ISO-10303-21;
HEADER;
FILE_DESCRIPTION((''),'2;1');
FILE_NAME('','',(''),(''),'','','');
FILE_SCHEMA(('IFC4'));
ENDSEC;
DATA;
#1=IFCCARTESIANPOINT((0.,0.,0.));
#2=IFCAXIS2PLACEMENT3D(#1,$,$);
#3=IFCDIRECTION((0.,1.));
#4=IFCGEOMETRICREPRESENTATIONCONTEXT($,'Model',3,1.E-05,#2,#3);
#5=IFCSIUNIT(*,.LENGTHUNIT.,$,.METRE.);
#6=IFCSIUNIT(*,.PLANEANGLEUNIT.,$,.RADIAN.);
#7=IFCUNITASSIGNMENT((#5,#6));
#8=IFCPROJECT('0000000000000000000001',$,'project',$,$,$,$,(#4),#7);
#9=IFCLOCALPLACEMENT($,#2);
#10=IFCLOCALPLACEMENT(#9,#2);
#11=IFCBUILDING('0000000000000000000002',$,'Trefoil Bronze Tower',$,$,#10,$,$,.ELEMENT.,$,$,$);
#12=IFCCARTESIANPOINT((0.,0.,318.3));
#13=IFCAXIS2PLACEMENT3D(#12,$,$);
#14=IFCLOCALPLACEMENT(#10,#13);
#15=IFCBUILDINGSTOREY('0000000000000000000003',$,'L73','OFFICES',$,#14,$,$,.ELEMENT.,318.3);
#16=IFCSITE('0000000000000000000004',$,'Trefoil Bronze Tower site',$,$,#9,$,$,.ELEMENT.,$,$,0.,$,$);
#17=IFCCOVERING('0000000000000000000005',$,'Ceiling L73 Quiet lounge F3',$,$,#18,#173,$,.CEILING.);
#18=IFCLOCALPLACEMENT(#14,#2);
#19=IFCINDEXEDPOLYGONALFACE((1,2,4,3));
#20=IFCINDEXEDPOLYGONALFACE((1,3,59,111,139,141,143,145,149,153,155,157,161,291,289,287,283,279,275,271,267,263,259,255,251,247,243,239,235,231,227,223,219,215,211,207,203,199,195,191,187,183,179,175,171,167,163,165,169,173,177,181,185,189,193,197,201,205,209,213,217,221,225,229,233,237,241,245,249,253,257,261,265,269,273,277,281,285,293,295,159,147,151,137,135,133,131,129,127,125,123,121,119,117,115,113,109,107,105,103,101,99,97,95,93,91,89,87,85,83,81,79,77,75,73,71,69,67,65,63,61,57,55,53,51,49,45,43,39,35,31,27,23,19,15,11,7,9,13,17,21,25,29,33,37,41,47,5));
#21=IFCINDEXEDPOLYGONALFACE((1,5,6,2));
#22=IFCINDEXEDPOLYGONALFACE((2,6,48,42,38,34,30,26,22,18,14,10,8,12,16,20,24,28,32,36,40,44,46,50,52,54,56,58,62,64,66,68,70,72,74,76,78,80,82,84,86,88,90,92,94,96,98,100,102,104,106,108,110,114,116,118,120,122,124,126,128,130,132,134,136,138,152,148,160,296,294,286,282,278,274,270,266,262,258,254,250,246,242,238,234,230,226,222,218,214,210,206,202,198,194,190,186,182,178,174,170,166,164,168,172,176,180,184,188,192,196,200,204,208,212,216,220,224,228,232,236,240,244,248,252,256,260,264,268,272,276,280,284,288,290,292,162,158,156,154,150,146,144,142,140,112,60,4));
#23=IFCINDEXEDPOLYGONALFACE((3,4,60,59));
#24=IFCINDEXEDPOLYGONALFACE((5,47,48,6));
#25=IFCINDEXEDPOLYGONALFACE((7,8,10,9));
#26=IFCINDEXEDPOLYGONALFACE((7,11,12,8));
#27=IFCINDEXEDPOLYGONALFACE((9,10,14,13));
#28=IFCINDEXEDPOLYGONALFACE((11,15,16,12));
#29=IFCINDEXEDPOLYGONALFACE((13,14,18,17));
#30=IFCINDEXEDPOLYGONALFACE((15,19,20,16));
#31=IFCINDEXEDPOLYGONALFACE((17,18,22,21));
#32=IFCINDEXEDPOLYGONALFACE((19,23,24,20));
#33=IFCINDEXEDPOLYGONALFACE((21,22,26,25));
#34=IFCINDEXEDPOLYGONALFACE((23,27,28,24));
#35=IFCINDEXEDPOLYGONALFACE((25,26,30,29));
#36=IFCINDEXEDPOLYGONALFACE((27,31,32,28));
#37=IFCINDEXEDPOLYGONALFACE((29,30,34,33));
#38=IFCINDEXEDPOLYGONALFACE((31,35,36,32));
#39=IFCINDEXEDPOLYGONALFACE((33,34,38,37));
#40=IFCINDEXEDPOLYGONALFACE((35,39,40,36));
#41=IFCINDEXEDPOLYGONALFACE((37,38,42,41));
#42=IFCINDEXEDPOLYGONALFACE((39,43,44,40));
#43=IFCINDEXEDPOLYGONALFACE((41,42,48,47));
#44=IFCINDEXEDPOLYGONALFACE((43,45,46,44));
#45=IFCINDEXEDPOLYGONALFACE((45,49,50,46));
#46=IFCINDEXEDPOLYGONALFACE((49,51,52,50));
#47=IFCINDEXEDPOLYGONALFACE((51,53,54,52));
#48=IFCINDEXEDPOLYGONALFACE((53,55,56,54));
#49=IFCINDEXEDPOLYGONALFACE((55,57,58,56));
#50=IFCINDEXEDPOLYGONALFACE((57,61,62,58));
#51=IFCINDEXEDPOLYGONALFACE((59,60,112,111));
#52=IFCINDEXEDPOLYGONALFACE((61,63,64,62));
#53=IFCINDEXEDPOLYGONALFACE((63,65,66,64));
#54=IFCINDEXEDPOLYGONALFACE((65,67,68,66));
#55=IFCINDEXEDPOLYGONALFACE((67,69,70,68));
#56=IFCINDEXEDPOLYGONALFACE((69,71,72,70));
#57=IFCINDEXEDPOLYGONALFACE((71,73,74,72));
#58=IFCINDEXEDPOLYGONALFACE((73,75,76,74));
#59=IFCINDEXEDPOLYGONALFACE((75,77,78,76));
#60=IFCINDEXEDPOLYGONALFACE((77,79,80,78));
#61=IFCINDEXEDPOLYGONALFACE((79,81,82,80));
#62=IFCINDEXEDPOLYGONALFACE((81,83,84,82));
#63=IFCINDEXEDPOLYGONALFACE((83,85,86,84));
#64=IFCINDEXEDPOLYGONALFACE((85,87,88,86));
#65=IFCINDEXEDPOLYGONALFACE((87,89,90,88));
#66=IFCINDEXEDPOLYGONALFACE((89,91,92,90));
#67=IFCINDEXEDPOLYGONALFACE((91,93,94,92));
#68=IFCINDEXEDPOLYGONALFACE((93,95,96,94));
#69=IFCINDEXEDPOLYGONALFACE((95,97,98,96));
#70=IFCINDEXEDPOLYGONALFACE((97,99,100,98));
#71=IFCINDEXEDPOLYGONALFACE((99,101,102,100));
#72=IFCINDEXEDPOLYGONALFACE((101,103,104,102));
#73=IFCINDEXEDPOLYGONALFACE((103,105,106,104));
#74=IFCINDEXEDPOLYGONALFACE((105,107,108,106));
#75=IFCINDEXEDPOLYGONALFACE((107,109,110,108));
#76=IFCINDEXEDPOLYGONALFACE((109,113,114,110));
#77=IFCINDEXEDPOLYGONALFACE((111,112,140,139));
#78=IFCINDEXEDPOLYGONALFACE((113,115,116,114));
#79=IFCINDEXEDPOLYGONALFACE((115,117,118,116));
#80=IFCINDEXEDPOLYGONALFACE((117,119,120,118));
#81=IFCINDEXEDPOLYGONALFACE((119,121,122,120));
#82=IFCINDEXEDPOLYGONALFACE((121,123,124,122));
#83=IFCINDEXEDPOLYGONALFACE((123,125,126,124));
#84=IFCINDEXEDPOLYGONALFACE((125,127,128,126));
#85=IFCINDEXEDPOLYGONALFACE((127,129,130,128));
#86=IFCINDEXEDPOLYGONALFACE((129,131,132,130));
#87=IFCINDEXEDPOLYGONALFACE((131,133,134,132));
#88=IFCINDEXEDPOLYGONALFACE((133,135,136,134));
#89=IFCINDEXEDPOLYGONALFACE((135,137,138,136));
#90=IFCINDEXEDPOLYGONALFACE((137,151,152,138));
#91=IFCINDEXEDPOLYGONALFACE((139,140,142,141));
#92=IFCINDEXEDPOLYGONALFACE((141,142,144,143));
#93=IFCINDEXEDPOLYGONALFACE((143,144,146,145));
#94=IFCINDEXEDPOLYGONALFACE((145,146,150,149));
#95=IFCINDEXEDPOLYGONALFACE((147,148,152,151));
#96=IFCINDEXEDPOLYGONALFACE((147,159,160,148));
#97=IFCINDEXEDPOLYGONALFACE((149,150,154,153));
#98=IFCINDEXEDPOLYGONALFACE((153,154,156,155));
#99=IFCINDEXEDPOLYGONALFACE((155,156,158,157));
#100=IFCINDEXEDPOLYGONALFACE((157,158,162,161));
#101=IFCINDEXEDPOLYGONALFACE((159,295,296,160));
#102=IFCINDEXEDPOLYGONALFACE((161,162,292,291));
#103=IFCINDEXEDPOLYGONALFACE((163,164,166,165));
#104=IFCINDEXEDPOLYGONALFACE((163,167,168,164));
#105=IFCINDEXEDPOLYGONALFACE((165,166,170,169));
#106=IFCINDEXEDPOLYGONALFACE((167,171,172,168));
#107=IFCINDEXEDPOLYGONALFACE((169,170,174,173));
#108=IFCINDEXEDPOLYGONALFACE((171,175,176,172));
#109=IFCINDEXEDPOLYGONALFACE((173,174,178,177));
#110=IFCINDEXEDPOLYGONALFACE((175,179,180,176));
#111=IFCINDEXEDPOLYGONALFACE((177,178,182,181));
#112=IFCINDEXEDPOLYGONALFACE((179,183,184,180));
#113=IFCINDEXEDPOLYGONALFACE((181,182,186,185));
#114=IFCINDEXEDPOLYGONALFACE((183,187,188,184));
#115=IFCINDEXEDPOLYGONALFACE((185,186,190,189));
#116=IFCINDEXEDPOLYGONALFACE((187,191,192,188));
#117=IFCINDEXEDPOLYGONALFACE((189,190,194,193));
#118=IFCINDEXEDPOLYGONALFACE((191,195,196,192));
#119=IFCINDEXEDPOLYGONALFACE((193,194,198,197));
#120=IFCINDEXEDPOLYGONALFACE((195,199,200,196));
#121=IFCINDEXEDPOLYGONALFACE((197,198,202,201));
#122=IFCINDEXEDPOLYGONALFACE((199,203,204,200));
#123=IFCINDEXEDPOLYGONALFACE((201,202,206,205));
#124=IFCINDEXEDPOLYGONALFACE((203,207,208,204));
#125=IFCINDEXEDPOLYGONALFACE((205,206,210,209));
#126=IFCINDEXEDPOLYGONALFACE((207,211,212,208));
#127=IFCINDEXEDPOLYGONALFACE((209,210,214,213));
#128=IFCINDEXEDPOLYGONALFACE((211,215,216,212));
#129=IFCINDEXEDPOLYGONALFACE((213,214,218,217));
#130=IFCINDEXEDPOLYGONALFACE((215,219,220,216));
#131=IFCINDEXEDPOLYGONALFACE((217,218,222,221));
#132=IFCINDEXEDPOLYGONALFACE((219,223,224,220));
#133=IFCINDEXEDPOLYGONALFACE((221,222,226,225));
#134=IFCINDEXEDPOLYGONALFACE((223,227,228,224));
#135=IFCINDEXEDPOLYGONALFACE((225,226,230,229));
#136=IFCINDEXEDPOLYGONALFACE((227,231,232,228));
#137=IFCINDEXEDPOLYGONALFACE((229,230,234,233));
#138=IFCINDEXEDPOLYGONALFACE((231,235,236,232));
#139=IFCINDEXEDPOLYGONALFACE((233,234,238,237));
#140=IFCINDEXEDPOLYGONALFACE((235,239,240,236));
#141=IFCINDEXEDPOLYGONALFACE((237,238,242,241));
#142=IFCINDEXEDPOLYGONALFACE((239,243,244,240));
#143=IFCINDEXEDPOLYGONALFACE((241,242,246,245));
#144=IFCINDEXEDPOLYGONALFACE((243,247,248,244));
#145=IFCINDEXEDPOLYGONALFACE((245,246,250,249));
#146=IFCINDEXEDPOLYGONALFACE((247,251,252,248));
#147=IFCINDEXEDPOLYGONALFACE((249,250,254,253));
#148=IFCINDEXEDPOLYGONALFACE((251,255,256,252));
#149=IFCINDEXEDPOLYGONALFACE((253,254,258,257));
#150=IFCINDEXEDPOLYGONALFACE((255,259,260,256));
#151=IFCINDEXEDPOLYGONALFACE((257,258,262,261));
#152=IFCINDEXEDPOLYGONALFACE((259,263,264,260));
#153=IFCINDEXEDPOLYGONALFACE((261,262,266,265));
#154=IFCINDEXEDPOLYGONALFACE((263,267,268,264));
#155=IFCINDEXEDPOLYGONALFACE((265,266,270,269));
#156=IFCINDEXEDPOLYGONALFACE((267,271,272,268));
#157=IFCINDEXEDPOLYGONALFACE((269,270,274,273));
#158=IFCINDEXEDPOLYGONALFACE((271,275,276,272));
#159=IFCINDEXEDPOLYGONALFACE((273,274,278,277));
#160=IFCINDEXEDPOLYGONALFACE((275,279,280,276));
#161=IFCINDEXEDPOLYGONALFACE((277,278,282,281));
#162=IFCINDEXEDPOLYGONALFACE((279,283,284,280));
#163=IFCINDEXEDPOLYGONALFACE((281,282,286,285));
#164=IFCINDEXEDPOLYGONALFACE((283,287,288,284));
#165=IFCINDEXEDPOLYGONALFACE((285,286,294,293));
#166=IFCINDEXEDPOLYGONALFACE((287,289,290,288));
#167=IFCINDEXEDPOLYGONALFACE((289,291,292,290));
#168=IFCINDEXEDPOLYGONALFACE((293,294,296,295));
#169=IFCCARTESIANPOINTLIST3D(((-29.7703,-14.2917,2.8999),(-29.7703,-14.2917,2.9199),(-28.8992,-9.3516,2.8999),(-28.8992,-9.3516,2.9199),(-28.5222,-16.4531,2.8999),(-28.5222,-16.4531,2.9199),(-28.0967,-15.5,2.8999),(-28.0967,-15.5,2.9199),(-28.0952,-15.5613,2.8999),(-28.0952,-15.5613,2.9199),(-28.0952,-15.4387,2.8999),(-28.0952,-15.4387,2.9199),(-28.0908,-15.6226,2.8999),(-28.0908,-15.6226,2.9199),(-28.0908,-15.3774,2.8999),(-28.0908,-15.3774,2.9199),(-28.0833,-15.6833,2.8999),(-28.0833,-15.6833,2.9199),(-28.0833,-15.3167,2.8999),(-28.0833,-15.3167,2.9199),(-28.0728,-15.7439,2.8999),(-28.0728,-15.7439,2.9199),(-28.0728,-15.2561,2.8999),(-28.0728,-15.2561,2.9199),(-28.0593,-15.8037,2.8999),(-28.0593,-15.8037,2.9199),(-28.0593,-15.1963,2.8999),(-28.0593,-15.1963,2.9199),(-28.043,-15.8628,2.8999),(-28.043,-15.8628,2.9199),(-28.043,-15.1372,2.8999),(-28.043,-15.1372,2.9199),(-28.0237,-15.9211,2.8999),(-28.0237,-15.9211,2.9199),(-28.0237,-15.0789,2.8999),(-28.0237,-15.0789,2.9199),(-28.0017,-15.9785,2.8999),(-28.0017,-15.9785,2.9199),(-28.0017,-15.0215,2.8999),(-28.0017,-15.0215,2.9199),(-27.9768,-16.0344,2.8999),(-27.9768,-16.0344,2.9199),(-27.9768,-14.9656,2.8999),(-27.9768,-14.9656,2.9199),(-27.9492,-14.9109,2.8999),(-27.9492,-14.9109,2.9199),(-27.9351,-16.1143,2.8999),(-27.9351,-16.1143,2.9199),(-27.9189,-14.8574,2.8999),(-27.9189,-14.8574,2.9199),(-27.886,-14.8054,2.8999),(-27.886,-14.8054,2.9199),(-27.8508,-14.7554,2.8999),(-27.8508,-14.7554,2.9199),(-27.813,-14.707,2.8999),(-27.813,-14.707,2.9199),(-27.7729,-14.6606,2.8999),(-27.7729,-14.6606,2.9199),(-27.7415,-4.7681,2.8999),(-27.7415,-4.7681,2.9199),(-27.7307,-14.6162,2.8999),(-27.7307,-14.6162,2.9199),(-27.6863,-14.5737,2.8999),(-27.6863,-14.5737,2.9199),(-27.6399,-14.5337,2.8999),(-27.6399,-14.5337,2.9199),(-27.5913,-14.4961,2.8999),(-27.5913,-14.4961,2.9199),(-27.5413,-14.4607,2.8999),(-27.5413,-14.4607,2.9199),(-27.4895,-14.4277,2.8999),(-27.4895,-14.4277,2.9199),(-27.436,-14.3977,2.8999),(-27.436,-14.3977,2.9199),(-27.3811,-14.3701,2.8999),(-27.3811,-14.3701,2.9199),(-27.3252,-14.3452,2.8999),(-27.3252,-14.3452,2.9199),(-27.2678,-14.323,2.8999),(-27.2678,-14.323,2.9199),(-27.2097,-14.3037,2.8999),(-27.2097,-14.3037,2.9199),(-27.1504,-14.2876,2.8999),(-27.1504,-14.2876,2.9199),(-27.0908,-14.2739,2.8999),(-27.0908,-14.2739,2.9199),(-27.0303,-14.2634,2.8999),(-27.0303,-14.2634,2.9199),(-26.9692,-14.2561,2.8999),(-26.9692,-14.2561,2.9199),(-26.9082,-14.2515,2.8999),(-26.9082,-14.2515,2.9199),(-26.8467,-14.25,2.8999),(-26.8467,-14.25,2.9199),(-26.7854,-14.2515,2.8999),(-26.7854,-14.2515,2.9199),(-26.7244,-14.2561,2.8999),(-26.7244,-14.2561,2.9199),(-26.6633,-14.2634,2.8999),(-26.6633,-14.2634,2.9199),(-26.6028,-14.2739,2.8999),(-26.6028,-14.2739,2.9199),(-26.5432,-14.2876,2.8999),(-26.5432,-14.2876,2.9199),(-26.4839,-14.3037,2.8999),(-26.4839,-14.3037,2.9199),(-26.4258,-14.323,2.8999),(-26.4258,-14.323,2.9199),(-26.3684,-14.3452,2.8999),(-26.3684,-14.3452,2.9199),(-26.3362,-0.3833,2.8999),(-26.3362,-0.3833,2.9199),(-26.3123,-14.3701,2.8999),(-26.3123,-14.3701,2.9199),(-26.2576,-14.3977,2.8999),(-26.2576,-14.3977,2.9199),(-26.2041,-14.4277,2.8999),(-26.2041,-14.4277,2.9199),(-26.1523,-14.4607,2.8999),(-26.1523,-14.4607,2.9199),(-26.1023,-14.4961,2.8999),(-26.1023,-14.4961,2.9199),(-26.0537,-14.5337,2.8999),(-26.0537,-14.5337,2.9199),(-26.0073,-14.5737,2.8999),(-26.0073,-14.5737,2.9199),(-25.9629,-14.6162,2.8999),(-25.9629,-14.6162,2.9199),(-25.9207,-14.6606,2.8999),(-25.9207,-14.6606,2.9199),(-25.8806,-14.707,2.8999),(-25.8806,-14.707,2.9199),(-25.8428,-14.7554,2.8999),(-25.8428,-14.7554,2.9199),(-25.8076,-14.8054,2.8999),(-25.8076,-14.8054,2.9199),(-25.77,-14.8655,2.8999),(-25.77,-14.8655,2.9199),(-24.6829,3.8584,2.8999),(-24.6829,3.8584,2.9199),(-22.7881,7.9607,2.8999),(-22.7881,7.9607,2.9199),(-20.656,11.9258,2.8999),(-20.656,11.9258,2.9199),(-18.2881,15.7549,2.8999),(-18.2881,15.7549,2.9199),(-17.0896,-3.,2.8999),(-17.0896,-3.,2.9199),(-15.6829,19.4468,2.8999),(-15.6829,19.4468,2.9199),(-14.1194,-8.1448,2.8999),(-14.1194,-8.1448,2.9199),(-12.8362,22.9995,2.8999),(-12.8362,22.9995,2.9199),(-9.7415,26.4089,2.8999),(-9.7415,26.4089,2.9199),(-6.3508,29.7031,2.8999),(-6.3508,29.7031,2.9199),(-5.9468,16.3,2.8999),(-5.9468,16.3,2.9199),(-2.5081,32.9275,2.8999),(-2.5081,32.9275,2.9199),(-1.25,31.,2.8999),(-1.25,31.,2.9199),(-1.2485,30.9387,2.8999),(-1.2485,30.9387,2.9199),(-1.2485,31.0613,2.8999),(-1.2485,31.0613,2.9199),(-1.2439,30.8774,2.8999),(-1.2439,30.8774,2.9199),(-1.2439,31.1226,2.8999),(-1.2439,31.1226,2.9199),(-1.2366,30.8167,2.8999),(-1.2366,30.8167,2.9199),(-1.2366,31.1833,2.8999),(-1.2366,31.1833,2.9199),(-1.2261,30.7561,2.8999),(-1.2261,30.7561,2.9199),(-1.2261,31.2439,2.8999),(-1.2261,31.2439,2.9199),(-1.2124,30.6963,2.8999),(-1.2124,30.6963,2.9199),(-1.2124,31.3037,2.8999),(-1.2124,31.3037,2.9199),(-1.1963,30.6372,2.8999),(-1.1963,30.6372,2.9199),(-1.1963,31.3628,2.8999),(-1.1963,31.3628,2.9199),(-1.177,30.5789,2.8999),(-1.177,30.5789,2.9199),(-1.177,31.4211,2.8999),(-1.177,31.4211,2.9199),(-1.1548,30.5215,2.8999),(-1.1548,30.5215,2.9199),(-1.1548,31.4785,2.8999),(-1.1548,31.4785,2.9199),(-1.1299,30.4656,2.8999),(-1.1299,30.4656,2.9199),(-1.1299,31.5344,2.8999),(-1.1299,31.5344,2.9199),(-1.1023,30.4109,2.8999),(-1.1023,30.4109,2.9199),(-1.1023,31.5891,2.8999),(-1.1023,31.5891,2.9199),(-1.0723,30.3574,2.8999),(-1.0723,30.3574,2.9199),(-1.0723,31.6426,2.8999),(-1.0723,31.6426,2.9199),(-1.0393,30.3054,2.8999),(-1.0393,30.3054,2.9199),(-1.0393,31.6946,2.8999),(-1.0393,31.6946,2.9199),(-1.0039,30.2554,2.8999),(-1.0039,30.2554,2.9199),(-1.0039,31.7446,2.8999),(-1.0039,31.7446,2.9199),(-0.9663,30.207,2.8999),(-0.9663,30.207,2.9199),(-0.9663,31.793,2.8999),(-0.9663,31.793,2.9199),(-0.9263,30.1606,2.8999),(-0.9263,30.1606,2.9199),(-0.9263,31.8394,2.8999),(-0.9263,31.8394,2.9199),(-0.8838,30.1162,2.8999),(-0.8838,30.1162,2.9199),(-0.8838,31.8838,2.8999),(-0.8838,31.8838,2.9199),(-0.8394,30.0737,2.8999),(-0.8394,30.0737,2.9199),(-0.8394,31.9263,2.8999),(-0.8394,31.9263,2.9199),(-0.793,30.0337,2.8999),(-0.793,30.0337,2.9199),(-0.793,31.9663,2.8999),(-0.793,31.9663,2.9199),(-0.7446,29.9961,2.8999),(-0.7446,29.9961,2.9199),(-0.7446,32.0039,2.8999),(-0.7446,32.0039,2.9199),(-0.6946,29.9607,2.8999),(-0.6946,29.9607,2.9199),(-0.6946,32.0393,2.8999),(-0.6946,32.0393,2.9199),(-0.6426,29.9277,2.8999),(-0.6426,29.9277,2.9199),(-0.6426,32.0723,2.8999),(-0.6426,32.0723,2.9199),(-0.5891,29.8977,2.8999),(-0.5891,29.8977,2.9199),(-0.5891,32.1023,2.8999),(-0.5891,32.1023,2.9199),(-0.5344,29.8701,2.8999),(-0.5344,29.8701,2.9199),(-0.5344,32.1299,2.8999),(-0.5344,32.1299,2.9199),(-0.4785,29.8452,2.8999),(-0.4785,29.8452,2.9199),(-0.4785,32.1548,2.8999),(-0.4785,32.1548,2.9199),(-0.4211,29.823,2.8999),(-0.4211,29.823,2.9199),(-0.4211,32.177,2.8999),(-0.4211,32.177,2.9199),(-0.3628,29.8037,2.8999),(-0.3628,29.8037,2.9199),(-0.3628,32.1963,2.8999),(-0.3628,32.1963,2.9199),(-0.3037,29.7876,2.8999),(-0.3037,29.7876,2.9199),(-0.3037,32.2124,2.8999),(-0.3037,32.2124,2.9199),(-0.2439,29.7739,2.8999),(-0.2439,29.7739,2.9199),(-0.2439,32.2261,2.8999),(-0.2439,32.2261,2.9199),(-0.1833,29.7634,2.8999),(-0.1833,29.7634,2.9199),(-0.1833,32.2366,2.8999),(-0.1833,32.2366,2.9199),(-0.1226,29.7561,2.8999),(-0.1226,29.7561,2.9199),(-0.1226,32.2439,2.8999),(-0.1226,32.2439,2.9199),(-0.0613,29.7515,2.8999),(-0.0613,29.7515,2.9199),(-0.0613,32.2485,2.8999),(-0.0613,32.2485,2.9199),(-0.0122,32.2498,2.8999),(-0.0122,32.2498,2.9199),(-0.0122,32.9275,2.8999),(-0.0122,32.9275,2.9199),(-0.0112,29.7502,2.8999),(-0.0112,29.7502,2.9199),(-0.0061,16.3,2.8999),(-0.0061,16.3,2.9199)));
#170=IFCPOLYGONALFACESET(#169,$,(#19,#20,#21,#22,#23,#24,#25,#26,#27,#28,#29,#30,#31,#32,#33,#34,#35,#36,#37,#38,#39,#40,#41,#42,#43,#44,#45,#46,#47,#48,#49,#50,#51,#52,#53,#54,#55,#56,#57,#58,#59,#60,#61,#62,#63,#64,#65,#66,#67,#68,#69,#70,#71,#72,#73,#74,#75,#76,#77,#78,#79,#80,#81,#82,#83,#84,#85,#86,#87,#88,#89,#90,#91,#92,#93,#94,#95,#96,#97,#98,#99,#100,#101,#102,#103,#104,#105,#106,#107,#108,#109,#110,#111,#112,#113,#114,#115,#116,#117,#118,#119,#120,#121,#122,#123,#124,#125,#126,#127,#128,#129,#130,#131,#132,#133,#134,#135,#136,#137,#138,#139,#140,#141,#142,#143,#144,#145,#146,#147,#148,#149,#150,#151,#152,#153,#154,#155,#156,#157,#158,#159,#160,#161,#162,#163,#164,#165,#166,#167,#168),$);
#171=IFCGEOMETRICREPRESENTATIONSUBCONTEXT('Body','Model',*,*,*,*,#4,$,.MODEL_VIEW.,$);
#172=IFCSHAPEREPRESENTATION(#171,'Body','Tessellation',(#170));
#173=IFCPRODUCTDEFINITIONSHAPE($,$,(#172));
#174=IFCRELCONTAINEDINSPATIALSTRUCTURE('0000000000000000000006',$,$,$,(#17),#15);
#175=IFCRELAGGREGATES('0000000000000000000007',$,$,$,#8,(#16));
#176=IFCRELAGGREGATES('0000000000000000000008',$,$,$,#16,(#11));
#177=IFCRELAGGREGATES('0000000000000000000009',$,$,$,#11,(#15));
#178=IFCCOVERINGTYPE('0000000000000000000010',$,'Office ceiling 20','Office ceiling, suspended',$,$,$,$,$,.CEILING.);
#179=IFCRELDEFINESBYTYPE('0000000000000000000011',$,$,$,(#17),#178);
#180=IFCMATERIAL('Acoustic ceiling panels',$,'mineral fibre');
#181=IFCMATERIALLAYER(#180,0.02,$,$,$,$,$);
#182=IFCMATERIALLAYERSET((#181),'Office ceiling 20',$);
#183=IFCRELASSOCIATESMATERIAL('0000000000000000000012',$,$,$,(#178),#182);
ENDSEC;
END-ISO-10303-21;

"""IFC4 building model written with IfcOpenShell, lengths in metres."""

from ifc_helpers import new_model, si_unit, direction, frame, origin, place, context, subcontext, project, spatial, polyline, outline, extrude, material, layer, layer_set, type_object, element, save


model = new_model("IFC4")

# Units and contexts
model_context = context("Model", 3, precision=1e-05, world=origin(), true_north=direction((0.0, 1.0)))
body_context = subcontext(model_context, "Body", "Model", "MODEL_VIEW")
ifc_project = project(units=[si_unit("LENGTHUNIT", "METRE"), si_unit("PLANEANGLEUNIT", "RADIAN")], contexts=[model_context])

# Site, building, storey
site_placement = place(None, origin())
site = spatial("IfcSite", under=ifc_project, at=site_placement, Name="Trefoil Bronze Tower site", CompositionType="ELEMENT", RefElevation=0.0)
building_placement = place(site_placement, origin())
building = spatial("IfcBuilding", under=site, at=building_placement, Name="Trefoil Bronze Tower", CompositionType="ELEMENT")
storey_placement = place(building_placement, frame((0.0, 0.0, 318.3)))
storey = spatial("IfcBuildingStorey", under=building, at=storey_placement, Name="L73", Description="OFFICES", CompositionType="ELEMENT", Elevation=318.3)

# Covering
ifc_material_1 = material(Name="Acoustic ceiling panels", Category="mineral fibre")
ifc_layer_1 = layer(ifc_material_1, 0.02)
ifc_layer_set_1 = layer_set([ifc_layer_1], Name="Office ceiling 20")
covering_type_1 = type_object("IfcCoveringType", Name="Office ceiling 20", Description="Office ceiling, suspended", PredefinedType="CEILING", material=ifc_layer_set_1)
covering_1_placement = place(storey_placement, frame((0.0, 0.0, 2.8999)))
element("IfcCovering", 1, at=covering_1_placement, inside=storey, type_object=covering_type_1, Name="Ceiling L73 Quiet lounge F3", PredefinedType="CEILING", context=body_context, shape_type="SweptSolid", body=[
    extrude(outline(polyline([(-27.7415, -4.7681), (-26.3362, -0.3833), (-24.6829, 3.8584), (-22.7881, 7.9607), (-20.656, 11.9258), (-18.2881, 15.7549), (-15.6829, 19.4468), (-12.8362, 22.9995), (-9.7415, 26.4089), (-6.3508, 29.7031), (-2.5081, 32.9275), (-0.0122, 32.9275), (-0.0122, 32.2498), (-0.0613, 32.2485), (-0.1226, 32.2439), (-0.1833, 32.2366), (-0.2439, 32.2261), (-0.3037, 32.2124), (-0.3628, 32.1963), (-0.4211, 32.177), (-0.4785, 32.1548), (-0.5344, 32.1299), (-0.5891, 32.1023), (-0.6426, 32.0723), (-0.6946, 32.0393), (-0.7446, 32.0039), (-0.793, 31.9663), (-0.8394, 31.9263), (-0.8838, 31.8838), (-0.9263, 31.8394), (-0.9663, 31.793), (-1.0039, 31.7446), (-1.0393, 31.6946), (-1.0723, 31.6426), (-1.1023, 31.5891), (-1.1299, 31.5344), (-1.1548, 31.4785), (-1.177, 31.4211), (-1.1963, 31.3628), (-1.2124, 31.3037), (-1.2261, 31.2439), (-1.2366, 31.1833), (-1.2439, 31.1226), (-1.2485, 31.0613), (-1.25, 31.0), (-1.2485, 30.9387), (-1.2439, 30.8774), (-1.2366, 30.8167), (-1.2261, 30.7561), (-1.2124, 30.6963), (-1.1963, 30.6372), (-1.177, 30.5789), (-1.1548, 30.5215), (-1.1299, 30.4656), (-1.1023, 30.4109), (-1.0723, 30.3574), (-1.0393, 30.3054), (-1.0039, 30.2554), (-0.9663, 30.207), (-0.9263, 30.1606), (-0.8838, 30.1162), (-0.8394, 30.0737), (-0.793, 30.0337), (-0.7446, 29.9961), (-0.6946, 29.9607), (-0.6426, 29.9277), (-0.5891, 29.8977), (-0.5344, 29.8701), (-0.4785, 29.8452), (-0.4211, 29.823), (-0.3628, 29.8037), (-0.3037, 29.7876), (-0.2439, 29.7739), (-0.1833, 29.7634), (-0.1226, 29.7561), (-0.0613, 29.7515), (-0.0112, 29.7502), (-0.0061, 16.3), (-5.9468, 16.3), (-17.0896, -3.0), (-14.1194, -8.1448), (-25.77, -14.8655), (-25.8076, -14.8054), (-25.8428, -14.7554), (-25.8806, -14.707), (-25.9207, -14.6606), (-25.9629, -14.6162), (-26.0073, -14.5737), (-26.0537, -14.5337), (-26.1023, -14.4961), (-26.1523, -14.4607), (-26.2041, -14.4277), (-26.2576, -14.3977), (-26.3123, -14.3701), (-26.3684, -14.3452), (-26.4258, -14.323), (-26.4839, -14.3037), (-26.5432, -14.2876), (-26.6028, -14.2739), (-26.6633, -14.2634), (-26.7244, -14.2561), (-26.7854, -14.2515), (-26.8467, -14.25), (-26.9082, -14.2515), (-26.9692, -14.2561), (-27.0303, -14.2634), (-27.0908, -14.2739), (-27.1504, -14.2876), (-27.2097, -14.3037), (-27.2678, -14.323), (-27.3252, -14.3452), (-27.3811, -14.3701), (-27.436, -14.3977), (-27.4895, -14.4277), (-27.5413, -14.4607), (-27.5913, -14.4961), (-27.6399, -14.5337), (-27.6863, -14.5737), (-27.7307, -14.6162), (-27.7729, -14.6606), (-27.813, -14.707), (-27.8508, -14.7554), (-27.886, -14.8054), (-27.9189, -14.8574), (-27.9492, -14.9109), (-27.9768, -14.9656), (-28.0017, -15.0215), (-28.0237, -15.0789), (-28.043, -15.1372), (-28.0593, -15.1963), (-28.0728, -15.2561), (-28.0833, -15.3167), (-28.0908, -15.3774), (-28.0952, -15.4387), (-28.0967, -15.5), (-28.0952, -15.5613), (-28.0908, -15.6226), (-28.0833, -15.6833), (-28.0728, -15.7439), (-28.0593, -15.8037), (-28.043, -15.8628), (-28.0237, -15.9211), (-28.0017, -15.9785), (-27.9768, -16.0344), (-27.9351, -16.1143), (-28.5222, -16.4531), (-29.7703, -14.2917), (-28.8992, -9.3516), (-27.7415, -4.7681)])), origin(), (0.0, 0.0, 1.0), 0.02),
])

save(model, "model.ifc")
